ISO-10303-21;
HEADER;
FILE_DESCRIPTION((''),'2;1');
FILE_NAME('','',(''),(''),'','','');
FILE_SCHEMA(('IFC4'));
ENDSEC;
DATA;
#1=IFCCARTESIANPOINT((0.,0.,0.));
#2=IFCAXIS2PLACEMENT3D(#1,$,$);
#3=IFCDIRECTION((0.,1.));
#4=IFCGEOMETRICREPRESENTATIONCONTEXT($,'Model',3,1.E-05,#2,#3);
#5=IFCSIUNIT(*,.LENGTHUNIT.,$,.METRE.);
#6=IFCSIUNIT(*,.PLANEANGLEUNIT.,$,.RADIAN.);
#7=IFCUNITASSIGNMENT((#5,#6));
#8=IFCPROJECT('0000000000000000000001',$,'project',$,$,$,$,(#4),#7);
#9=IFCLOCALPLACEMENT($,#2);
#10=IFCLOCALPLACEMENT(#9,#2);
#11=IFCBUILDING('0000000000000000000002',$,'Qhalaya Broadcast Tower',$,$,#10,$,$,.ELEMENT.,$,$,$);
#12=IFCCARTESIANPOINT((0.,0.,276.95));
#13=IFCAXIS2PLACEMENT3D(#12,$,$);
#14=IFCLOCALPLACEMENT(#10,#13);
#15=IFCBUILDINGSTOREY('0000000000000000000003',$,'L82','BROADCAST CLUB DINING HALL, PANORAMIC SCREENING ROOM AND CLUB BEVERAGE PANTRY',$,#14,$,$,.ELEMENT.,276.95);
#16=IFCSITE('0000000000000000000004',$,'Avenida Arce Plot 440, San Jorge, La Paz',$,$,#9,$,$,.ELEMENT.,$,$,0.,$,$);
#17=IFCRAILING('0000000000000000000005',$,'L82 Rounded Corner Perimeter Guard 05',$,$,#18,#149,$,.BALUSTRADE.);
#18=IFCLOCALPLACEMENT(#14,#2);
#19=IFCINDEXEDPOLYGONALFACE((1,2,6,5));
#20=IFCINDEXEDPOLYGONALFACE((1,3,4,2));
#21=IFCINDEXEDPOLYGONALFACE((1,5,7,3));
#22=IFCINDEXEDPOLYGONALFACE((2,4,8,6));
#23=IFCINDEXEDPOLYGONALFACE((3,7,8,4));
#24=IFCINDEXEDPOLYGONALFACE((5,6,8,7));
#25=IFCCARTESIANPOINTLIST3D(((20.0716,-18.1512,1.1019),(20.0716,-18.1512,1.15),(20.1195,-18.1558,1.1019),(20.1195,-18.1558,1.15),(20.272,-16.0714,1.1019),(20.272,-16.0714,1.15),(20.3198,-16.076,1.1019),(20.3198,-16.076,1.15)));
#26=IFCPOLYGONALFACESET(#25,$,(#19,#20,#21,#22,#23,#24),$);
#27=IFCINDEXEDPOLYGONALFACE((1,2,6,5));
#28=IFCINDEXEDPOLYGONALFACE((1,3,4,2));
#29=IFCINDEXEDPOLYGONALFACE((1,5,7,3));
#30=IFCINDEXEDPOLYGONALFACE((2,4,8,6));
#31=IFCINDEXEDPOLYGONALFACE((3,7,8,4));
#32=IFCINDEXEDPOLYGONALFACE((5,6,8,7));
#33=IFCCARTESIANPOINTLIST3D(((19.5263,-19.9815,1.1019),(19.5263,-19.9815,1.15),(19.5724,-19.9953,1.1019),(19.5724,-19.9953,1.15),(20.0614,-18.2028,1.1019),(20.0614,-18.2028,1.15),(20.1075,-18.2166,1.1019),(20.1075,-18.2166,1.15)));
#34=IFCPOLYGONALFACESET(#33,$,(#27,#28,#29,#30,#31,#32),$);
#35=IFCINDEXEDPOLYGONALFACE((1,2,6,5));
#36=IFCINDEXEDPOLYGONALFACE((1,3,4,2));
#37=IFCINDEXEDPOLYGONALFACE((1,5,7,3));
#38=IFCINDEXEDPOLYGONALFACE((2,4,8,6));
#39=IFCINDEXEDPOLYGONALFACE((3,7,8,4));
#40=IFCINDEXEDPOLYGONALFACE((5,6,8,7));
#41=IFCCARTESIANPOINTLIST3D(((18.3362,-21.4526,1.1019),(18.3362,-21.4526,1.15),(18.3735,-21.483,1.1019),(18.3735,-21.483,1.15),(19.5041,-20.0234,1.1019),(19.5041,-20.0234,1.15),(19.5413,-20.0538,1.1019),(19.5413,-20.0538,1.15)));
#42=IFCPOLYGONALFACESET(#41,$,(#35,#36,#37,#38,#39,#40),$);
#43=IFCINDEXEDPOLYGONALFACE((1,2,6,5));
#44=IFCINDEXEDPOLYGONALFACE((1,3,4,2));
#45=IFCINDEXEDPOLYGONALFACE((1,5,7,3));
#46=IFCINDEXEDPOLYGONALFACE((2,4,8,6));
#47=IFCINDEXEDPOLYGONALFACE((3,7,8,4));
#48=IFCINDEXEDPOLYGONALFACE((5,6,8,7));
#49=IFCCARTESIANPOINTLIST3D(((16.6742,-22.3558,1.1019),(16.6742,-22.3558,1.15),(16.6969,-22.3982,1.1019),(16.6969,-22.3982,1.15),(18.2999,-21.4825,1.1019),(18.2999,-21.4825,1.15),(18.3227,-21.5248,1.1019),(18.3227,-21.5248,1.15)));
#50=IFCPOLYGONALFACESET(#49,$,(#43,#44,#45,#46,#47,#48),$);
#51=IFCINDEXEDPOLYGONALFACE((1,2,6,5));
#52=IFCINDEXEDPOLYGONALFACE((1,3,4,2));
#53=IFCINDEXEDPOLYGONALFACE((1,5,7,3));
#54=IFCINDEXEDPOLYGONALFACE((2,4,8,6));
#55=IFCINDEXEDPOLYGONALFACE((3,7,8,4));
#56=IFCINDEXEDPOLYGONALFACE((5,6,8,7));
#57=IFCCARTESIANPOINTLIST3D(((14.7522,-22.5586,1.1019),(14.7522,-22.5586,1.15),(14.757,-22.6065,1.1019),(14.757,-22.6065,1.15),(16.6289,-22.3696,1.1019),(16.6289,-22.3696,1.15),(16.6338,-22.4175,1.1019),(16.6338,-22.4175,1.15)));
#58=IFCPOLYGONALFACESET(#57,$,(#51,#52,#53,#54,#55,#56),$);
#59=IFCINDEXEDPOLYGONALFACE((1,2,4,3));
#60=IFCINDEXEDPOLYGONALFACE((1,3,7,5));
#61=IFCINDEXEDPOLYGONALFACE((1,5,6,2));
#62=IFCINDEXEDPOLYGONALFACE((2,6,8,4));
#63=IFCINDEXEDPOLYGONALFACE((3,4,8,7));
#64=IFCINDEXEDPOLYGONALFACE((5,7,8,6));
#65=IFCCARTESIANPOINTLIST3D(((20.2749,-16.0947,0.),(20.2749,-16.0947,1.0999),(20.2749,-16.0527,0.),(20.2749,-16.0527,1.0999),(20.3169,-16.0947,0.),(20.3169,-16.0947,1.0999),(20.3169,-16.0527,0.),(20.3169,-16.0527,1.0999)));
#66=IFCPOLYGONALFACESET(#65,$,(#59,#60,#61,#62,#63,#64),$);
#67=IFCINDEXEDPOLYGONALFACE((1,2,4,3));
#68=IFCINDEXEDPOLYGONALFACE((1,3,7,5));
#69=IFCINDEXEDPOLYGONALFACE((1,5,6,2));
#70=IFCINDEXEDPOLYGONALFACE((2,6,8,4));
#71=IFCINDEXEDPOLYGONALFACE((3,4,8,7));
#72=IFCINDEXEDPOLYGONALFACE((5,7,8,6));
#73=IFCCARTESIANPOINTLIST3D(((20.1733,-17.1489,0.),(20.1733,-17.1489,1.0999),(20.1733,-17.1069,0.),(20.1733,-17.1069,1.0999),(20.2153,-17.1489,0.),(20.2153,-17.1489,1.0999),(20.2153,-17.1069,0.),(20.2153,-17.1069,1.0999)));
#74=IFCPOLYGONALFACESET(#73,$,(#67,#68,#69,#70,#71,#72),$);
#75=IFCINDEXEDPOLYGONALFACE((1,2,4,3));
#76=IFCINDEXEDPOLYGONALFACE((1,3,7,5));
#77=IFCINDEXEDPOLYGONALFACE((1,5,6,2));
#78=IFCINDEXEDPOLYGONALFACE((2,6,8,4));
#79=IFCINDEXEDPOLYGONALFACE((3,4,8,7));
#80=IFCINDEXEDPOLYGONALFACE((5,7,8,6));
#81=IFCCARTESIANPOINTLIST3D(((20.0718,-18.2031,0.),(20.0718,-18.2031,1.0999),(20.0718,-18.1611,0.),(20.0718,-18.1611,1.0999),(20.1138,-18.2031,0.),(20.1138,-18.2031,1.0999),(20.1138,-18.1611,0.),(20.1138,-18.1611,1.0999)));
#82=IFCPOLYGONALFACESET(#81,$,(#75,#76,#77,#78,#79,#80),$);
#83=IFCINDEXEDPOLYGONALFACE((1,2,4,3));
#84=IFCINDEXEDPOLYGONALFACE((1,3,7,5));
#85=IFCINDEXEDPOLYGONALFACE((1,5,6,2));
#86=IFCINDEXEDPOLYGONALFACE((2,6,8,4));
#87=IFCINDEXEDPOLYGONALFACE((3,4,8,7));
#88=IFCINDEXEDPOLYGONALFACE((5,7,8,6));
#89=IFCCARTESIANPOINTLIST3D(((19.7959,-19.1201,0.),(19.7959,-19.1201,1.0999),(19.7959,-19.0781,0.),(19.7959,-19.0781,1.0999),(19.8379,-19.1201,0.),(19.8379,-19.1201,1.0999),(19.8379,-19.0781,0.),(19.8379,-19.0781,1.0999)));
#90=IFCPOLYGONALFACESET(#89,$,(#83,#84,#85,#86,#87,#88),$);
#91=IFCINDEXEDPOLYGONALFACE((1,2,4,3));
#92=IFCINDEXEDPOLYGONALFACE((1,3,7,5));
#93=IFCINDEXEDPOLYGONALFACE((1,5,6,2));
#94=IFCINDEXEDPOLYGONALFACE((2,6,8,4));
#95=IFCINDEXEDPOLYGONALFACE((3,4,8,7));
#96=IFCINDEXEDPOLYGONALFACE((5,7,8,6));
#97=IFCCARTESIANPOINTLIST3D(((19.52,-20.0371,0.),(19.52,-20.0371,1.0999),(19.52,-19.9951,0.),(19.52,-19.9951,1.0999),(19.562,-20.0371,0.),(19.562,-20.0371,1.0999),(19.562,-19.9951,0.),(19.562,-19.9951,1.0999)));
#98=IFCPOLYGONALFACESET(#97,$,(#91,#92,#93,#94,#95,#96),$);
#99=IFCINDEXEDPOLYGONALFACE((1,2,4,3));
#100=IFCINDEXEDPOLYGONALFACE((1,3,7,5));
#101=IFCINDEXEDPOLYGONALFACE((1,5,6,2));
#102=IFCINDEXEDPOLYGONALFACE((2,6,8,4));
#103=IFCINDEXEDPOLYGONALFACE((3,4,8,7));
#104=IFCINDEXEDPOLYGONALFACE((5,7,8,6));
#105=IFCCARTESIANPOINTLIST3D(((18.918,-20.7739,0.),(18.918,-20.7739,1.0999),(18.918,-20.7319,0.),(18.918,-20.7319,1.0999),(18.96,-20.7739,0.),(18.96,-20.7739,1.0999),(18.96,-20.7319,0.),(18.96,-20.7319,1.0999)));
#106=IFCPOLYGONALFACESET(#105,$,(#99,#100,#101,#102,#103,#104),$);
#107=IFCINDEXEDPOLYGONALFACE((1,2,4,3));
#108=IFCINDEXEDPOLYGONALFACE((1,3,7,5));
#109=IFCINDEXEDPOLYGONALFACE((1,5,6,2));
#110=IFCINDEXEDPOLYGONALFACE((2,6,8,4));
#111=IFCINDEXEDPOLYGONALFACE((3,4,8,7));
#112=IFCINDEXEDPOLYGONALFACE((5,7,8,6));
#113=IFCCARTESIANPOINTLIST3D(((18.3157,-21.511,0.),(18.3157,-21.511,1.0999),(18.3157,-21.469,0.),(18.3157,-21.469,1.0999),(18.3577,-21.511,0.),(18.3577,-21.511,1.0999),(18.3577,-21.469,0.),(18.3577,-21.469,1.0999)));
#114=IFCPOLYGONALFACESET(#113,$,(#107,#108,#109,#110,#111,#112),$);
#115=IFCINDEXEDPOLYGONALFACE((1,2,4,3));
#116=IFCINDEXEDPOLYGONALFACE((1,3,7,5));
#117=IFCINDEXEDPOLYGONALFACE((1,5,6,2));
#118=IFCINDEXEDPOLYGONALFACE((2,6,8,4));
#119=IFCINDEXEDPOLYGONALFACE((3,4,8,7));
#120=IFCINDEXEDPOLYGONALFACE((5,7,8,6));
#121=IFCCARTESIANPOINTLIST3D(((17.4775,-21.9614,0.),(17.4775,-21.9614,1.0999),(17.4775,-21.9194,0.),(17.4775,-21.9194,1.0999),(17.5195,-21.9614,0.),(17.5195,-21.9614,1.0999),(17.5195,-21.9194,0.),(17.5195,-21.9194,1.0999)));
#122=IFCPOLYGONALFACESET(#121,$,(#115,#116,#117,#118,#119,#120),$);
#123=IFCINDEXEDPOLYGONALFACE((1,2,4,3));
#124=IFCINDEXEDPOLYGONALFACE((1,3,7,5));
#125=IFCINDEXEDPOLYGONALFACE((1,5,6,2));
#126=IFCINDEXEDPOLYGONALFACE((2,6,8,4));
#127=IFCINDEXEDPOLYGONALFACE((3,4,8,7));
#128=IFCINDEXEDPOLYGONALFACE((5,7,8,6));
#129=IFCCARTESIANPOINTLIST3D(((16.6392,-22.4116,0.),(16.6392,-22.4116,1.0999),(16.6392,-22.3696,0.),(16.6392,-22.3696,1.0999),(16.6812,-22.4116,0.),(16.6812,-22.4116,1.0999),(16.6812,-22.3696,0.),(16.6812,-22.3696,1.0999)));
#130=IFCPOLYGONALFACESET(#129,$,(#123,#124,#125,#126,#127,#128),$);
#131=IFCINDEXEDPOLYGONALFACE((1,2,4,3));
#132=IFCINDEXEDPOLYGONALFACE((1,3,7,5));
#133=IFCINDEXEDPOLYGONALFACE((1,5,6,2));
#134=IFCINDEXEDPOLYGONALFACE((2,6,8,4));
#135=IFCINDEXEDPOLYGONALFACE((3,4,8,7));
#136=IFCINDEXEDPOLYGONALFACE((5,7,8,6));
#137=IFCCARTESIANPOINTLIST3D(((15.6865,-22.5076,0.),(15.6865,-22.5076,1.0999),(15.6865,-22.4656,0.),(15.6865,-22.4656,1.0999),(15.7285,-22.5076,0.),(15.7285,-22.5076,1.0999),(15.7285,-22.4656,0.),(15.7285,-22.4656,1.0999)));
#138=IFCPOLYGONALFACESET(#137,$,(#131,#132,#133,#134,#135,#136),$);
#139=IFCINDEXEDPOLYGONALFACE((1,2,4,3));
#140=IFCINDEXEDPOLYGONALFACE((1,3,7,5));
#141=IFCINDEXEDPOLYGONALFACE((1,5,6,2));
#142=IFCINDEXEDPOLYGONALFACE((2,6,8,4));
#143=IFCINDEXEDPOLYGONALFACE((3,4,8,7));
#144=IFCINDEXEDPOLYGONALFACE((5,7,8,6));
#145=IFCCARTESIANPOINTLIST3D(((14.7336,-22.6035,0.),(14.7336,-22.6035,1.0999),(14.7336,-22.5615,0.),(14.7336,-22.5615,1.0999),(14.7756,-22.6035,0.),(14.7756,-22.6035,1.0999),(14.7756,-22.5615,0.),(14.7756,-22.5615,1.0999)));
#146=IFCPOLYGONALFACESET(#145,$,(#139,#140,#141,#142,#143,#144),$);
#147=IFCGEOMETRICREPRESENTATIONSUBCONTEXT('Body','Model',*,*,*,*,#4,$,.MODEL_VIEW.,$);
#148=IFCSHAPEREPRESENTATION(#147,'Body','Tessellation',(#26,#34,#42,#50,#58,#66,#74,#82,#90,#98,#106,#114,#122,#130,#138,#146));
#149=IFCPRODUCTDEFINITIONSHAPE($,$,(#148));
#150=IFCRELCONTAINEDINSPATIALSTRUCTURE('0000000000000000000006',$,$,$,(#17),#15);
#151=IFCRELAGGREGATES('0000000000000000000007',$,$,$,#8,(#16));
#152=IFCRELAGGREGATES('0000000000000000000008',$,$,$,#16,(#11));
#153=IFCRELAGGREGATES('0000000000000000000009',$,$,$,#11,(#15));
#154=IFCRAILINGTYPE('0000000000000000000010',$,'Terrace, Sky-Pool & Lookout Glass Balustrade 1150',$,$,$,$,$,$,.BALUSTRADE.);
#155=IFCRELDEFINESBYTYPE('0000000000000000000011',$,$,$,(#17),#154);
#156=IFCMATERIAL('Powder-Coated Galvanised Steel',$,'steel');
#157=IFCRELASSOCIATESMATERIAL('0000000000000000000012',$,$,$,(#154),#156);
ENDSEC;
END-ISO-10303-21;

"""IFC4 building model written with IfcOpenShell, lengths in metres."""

from ifc_helpers import new_model, si_unit, direction, frame, origin, origin_2d, place, context, subcontext, project, spatial, rectangle, extrude, material, type_object, element, save


model = new_model("IFC4")

# Units and contexts
model_context = context("Model", 3, precision=1e-05, world=origin(), true_north=direction((0.0, 1.0)))
body_context = subcontext(model_context, "Body", "Model", "MODEL_VIEW")
ifc_project = project(units=[si_unit("LENGTHUNIT", "METRE"), si_unit("PLANEANGLEUNIT", "RADIAN")], contexts=[model_context])

# Site, building, storey
site_placement = place(None, origin())
site = spatial("IfcSite", under=ifc_project, at=site_placement, Name="Avenida Arce Plot 440, San Jorge, La Paz", CompositionType="ELEMENT", RefElevation=0.0)
building_placement = place(site_placement, origin())
building = spatial("IfcBuilding", under=site, at=building_placement, Name="Qhalaya Broadcast Tower", CompositionType="ELEMENT")
storey_placement = place(building_placement, frame((0.0, 0.0, 276.95)))
storey = spatial("IfcBuildingStorey", under=building, at=storey_placement, Name="L82", Description="BROADCAST CLUB DINING HALL, PANORAMIC SCREENING ROOM AND CLUB BEVERAGE PANTRY", CompositionType="ELEMENT", Elevation=276.95)

# Railing
ifc_material_1 = material(Name="Powder-Coated Galvanised Steel", Category="steel")
railing_type = type_object("IfcRailingType", Name="Terrace, Sky-Pool & Lookout Glass Balustrade 1150", PredefinedType="BALUSTRADE", material=ifc_material_1)
railing_1_placement = place(storey_placement, frame((20.2959, -16.0737, 0.0)))
element("IfcRailing", 1, at=railing_1_placement, inside=storey, type_object=railing_type, Name="L82 Rounded Corner Perimeter Guard 05", PredefinedType="BALUSTRADE", context=body_context, shape_type="SweptSolid", body=[
    extrude(rectangle(XDim=0.0481, YDim=0.0481, at=origin_2d()), frame((0.0, 0.0, 1.126), z_axis=(-0.095897, -0.995391, 0.0), x_axis=(0.995391, -0.095897, 0.0)), (0.0, 0.0, 1.0), 2.0894),
    extrude(rectangle(XDim=0.0481, YDim=0.0481, at=origin_2d()), frame((-0.2114, -2.136, 1.126), z_axis=(-0.288096, -0.957601, 0.0), x_axis=(0.957601, -0.288096, 0.0)), (0.0, 0.0, 1.0), 1.8574),
    extrude(rectangle(XDim=0.0481, YDim=0.0481, at=origin_2d()), frame((-0.7732, -3.9648, 1.126), z_axis=(-0.632749, -0.774357, 0.0), x_axis=(0.774357, -0.632749, 0.0)), (0.0, 0.0, 1.0), 1.8457),
    extrude(rectangle(XDim=0.0481, YDim=0.0481, at=origin_2d()), frame((-1.9846, -5.4299, 1.126), z_axis=(-0.880932, -0.473243, 0.0), x_axis=(0.473243, -0.880932, 0.0)), (0.0, 0.0, 1.0), 1.8455),
    extrude(rectangle(XDim=0.0481, YDim=0.0481, at=origin_2d()), frame((-3.6646, -6.3198, 1.126), z_axis=(-0.994968, -0.100198, 0.0), x_axis=(0.100198, -0.994968, 0.0)), (0.0, 0.0, 1.0), 1.8862),
    extrude(rectangle(XDim=0.042, YDim=0.042, at=origin_2d()), origin(), (0.0, 0.0, 1.0), 1.0999),
    extrude(rectangle(XDim=0.042, YDim=0.042, at=origin_2d()), frame((-0.1016, -1.0542, 0.0)), (0.0, 0.0, 1.0), 1.0999),
    extrude(rectangle(XDim=0.042, YDim=0.042, at=origin_2d()), frame((-0.2031, -2.1084, 0.0)), (0.0, 0.0, 1.0), 1.0999),
    extrude(rectangle(XDim=0.042, YDim=0.042, at=origin_2d()), frame((-0.479, -3.0254, 0.0)), (0.0, 0.0, 1.0), 1.0999),
    extrude(rectangle(XDim=0.042, YDim=0.042, at=origin_2d()), frame((-0.7549, -3.9424, 0.0)), (0.0, 0.0, 1.0), 1.0999),
    extrude(rectangle(XDim=0.042, YDim=0.042, at=origin_2d()), frame((-1.3569, -4.6792, 0.0)), (0.0, 0.0, 1.0), 1.0999),
    extrude(rectangle(XDim=0.042, YDim=0.042, at=origin_2d()), frame((-1.9592, -5.4163, 0.0)), (0.0, 0.0, 1.0), 1.0999),
    extrude(rectangle(XDim=0.042, YDim=0.042, at=origin_2d()), frame((-2.7974, -5.8667, 0.0)), (0.0, 0.0, 1.0), 1.0999),
    extrude(rectangle(XDim=0.042, YDim=0.042, at=origin_2d()), frame((-3.6357, -6.3169, 0.0)), (0.0, 0.0, 1.0), 1.0999),
    extrude(rectangle(XDim=0.042, YDim=0.042, at=origin_2d()), frame((-4.5884, -6.4128, 0.0)), (0.0, 0.0, 1.0), 1.0999),
    extrude(rectangle(XDim=0.042, YDim=0.042, at=origin_2d()), frame((-5.5413, -6.5088, 0.0)), (0.0, 0.0, 1.0), 1.0999),
])

save(model, "model.ifc")
